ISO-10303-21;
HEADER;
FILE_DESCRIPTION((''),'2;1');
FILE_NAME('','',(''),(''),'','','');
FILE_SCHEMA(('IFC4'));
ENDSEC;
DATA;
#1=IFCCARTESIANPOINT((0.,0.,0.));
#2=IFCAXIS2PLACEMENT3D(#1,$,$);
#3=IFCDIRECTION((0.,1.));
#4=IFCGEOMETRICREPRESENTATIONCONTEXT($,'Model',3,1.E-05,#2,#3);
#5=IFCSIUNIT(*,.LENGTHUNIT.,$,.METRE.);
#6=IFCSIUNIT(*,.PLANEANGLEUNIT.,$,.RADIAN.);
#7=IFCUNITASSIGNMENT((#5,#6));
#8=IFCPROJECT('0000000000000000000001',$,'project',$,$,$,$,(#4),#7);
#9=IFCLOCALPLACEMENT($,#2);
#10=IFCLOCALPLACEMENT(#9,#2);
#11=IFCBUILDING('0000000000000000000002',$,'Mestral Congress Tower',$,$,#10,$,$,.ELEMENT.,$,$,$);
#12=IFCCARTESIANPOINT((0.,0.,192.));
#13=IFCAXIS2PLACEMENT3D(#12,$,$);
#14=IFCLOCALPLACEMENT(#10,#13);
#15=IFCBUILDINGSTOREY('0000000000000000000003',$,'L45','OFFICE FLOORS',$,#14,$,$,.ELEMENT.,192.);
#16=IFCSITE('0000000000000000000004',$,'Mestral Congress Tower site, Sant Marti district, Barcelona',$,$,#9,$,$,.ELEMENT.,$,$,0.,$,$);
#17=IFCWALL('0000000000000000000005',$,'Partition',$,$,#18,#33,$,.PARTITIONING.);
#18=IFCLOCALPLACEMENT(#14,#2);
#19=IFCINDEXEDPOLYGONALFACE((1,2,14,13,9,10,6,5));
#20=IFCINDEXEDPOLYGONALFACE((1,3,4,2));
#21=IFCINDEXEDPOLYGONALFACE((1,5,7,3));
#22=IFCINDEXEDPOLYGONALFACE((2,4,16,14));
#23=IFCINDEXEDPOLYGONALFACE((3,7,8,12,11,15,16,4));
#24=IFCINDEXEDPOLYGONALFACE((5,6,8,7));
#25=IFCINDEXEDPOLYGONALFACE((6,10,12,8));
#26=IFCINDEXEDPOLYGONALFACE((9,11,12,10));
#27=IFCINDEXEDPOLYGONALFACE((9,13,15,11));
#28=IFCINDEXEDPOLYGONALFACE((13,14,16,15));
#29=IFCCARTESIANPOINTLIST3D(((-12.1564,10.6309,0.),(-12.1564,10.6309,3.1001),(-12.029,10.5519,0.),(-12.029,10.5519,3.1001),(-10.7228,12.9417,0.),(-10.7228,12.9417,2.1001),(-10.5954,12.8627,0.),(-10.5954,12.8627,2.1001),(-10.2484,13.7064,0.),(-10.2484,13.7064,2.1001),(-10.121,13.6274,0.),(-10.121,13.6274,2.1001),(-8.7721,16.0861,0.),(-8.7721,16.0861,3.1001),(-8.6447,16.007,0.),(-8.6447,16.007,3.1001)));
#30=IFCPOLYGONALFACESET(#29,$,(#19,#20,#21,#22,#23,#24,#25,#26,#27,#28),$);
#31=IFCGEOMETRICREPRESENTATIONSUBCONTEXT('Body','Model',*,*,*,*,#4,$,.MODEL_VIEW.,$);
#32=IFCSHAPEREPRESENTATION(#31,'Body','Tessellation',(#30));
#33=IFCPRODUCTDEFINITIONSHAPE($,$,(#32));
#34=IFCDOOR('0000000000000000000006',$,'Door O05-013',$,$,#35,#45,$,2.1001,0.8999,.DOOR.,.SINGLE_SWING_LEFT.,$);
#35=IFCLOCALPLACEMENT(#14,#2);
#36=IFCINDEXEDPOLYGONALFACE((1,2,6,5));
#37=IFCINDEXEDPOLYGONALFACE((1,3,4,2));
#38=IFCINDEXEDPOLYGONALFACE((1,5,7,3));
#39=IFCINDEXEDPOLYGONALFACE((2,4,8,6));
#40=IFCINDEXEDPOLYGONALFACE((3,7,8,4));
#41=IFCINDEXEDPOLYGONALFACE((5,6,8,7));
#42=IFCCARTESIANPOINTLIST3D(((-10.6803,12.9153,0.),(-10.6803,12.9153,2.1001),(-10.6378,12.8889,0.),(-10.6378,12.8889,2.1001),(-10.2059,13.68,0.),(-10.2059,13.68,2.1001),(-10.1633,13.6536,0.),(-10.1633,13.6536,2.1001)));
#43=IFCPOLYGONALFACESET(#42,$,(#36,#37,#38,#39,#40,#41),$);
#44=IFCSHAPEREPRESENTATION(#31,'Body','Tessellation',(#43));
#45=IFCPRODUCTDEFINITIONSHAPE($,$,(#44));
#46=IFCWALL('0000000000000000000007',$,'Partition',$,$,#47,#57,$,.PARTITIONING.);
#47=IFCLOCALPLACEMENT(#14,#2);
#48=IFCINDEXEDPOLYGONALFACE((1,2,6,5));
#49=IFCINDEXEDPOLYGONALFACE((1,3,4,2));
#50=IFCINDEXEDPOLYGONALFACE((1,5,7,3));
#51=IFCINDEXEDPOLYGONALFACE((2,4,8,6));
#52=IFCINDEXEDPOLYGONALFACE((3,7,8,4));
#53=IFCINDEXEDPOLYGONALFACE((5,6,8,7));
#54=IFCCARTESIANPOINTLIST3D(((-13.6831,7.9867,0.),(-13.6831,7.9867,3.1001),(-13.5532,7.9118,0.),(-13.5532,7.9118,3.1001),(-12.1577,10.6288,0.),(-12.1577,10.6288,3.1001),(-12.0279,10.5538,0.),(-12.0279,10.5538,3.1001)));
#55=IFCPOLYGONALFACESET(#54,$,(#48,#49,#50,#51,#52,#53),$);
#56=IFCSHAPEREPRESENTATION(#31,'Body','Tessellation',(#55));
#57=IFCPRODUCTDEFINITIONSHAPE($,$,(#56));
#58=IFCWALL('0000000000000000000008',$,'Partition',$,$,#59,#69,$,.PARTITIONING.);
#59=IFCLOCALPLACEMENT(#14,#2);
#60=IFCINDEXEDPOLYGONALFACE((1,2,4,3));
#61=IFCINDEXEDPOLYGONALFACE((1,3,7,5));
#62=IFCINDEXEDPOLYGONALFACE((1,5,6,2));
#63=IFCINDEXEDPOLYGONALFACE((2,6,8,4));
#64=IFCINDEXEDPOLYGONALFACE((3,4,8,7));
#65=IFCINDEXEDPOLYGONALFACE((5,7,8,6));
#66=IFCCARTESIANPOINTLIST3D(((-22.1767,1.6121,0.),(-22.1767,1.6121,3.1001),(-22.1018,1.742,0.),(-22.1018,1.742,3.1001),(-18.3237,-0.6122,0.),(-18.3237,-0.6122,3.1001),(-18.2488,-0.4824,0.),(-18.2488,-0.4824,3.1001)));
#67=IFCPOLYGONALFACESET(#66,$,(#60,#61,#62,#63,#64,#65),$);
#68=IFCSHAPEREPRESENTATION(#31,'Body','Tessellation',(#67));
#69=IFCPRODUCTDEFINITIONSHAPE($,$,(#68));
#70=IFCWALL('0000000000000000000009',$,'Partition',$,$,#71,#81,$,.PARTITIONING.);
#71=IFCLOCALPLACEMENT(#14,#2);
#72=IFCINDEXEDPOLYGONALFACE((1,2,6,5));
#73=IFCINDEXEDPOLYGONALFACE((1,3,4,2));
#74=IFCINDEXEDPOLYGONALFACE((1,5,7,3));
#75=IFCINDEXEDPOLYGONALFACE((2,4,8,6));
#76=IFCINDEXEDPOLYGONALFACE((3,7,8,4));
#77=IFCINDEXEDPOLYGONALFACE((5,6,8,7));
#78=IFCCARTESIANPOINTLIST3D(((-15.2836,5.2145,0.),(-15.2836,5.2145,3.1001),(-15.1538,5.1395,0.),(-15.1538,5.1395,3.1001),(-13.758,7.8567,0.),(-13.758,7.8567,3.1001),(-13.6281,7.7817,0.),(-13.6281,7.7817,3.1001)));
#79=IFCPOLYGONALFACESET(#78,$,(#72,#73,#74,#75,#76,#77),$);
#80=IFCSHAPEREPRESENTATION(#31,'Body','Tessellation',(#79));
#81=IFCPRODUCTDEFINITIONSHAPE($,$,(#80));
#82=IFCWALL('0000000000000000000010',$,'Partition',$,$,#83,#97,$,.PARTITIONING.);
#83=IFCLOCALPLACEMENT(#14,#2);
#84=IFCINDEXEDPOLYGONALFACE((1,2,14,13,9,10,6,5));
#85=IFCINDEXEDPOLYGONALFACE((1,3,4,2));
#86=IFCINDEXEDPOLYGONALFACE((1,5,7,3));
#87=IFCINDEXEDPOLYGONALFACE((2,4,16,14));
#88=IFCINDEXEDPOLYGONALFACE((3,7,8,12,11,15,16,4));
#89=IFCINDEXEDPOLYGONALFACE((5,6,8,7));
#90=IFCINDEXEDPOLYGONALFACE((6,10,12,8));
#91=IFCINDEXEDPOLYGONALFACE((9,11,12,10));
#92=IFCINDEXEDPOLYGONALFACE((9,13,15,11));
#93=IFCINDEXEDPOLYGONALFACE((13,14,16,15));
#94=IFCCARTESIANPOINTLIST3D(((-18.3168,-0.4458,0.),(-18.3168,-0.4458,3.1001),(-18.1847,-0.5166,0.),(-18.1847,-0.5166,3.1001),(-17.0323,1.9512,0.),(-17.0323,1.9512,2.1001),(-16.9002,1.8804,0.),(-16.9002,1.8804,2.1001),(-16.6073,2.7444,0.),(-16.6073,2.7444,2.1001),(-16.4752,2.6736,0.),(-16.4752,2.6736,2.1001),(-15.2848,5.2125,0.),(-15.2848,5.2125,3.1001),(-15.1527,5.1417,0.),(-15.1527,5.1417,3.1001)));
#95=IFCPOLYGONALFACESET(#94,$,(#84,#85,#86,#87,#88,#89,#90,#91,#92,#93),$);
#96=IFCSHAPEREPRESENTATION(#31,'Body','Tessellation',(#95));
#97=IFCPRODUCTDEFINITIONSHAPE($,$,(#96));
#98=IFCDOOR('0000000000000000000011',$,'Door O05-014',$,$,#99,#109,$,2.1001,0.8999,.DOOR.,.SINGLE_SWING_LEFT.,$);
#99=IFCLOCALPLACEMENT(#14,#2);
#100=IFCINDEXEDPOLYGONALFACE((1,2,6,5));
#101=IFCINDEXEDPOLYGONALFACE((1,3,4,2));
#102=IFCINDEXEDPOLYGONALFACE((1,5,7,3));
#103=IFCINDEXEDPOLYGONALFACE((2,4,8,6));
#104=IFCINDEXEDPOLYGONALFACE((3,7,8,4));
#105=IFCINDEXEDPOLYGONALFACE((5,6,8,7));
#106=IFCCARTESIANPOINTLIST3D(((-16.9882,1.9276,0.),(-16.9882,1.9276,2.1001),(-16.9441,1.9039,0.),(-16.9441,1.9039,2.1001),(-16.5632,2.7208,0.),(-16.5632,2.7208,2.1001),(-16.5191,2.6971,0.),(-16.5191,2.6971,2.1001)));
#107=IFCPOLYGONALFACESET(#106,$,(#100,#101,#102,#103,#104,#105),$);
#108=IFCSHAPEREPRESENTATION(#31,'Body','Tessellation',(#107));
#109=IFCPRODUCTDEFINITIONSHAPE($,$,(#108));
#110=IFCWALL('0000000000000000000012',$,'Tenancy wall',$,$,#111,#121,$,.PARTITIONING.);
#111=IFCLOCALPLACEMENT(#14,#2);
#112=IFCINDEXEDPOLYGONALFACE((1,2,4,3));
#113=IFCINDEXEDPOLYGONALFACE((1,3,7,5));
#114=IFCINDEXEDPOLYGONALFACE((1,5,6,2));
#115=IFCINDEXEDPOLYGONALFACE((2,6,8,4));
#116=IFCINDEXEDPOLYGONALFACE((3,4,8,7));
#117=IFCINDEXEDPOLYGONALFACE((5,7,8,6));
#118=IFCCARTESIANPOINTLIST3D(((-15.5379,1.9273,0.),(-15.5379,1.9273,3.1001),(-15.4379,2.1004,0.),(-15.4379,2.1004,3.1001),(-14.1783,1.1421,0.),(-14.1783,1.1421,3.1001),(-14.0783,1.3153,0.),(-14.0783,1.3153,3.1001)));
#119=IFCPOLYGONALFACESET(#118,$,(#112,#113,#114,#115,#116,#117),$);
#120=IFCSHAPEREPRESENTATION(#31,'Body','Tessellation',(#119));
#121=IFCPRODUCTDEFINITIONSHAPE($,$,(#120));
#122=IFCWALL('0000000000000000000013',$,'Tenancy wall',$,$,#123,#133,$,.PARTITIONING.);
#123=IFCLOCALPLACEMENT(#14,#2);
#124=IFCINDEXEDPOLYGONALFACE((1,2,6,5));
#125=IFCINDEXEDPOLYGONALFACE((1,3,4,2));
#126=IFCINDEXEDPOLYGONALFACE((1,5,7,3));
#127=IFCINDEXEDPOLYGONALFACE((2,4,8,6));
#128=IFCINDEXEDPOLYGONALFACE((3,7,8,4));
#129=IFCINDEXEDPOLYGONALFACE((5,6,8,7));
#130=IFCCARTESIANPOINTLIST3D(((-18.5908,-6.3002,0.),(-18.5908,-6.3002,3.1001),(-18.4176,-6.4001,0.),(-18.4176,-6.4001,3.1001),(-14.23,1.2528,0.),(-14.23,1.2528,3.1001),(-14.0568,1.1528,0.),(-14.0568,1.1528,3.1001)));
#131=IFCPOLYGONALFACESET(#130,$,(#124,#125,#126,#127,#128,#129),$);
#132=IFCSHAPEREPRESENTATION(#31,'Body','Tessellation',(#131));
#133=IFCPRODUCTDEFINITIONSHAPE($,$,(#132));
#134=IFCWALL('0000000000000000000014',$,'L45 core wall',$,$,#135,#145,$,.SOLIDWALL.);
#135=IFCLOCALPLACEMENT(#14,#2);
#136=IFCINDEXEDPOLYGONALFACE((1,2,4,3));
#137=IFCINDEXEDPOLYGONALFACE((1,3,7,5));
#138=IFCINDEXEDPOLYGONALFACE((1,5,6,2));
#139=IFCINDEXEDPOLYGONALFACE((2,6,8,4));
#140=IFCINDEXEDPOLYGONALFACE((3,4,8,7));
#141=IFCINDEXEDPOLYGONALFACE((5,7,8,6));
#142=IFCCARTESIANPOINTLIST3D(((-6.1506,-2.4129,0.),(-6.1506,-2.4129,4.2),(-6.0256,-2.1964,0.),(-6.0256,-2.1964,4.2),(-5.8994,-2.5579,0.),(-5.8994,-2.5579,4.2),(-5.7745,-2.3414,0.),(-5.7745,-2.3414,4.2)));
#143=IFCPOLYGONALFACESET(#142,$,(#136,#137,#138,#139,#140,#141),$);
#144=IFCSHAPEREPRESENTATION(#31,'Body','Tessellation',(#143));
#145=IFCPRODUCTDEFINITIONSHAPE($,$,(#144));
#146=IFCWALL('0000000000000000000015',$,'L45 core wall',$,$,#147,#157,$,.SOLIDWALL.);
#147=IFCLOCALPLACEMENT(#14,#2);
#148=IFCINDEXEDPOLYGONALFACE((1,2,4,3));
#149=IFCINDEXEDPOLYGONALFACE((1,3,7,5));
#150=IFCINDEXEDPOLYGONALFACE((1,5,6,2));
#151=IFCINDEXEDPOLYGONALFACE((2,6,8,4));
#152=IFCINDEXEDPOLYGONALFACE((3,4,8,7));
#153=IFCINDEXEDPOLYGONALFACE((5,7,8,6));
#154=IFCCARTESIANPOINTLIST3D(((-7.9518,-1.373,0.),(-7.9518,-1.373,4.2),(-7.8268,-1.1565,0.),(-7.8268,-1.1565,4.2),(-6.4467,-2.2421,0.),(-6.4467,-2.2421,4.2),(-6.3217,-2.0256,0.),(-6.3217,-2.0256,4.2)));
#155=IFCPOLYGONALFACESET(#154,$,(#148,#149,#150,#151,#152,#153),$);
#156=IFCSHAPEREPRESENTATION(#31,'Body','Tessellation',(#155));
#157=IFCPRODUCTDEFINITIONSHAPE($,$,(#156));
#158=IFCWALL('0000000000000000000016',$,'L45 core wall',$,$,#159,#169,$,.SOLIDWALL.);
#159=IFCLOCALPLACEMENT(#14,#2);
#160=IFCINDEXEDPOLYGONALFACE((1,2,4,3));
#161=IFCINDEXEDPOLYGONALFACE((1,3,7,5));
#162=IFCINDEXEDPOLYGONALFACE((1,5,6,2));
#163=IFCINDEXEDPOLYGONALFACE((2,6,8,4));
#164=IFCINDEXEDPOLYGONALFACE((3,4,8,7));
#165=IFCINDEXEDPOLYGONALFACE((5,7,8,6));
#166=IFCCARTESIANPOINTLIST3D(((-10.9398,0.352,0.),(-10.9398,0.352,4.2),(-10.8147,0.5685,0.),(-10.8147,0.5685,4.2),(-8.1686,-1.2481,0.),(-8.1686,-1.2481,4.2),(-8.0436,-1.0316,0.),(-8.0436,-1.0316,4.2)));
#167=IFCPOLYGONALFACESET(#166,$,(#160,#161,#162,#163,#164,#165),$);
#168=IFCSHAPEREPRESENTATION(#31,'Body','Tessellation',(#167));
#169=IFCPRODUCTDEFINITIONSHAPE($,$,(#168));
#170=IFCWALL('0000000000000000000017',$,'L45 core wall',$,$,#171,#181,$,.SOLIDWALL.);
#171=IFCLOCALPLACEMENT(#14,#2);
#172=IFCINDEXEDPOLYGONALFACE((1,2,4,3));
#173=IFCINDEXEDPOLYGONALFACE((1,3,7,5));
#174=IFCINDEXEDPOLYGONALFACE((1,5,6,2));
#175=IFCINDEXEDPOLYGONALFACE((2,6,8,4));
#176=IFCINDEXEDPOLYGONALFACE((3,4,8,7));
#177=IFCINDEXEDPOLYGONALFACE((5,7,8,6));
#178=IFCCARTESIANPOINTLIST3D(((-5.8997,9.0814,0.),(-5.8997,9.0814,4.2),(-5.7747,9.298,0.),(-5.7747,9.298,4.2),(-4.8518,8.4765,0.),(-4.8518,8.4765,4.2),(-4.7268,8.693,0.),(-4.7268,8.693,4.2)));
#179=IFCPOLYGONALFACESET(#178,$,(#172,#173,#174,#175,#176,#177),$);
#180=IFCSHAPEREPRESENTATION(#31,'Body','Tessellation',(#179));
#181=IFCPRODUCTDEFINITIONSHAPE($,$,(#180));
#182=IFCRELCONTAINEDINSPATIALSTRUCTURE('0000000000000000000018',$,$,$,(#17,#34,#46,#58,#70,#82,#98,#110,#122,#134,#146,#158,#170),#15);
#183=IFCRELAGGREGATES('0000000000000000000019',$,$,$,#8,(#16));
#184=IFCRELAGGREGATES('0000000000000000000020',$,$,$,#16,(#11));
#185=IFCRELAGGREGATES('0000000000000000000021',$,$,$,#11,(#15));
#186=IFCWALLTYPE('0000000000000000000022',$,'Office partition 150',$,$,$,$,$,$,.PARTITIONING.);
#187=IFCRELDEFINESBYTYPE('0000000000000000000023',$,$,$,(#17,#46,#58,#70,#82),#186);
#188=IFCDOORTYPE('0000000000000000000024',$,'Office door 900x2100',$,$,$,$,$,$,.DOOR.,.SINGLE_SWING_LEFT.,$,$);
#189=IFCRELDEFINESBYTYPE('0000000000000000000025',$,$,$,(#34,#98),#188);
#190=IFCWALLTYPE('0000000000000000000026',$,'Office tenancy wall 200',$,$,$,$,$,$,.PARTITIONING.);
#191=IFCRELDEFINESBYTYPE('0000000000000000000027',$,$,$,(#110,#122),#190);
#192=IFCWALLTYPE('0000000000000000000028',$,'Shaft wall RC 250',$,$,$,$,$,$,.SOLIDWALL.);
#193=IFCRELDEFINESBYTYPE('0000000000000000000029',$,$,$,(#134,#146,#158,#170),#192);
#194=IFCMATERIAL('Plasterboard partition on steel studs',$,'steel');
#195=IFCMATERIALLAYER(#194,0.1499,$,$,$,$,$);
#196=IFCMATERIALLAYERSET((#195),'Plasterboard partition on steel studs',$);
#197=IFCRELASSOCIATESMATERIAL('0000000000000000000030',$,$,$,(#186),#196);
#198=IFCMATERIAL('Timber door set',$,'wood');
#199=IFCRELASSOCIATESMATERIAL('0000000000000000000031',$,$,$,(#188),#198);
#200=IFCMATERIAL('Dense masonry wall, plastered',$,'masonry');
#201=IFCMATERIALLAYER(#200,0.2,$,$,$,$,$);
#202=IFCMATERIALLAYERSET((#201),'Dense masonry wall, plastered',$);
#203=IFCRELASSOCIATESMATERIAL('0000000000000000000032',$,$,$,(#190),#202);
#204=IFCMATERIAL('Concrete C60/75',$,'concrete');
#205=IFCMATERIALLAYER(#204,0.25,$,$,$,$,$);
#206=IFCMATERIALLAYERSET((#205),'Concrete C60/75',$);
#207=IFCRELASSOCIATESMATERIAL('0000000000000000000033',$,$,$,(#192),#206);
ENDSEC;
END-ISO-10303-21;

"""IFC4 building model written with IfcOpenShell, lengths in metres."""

from ifc_helpers import new_model, si_unit, direction, frame, frame_2d, origin, place, context, subcontext, project, spatial, rectangle, extrude, material, layer, layer_set, type_object, element, fill, save


model = new_model("IFC4")

# Units and contexts
model_context = context("Model", 3, precision=1e-05, world=origin(), true_north=direction((0.0, 1.0)))
body_context = subcontext(model_context, "Body", "Model", "MODEL_VIEW")
ifc_project = project(units=[si_unit("LENGTHUNIT", "METRE"), si_unit("PLANEANGLEUNIT", "RADIAN")], contexts=[model_context])

# Site, building, storey
site_placement = place(None, origin())
site = spatial("IfcSite", under=ifc_project, at=site_placement, Name="Mestral Congress Tower site, Sant Marti district, Barcelona", CompositionType="ELEMENT", RefElevation=0.0)
building_placement = place(site_placement, origin())
building = spatial("IfcBuilding", under=site, at=building_placement, Name="Mestral Congress Tower", CompositionType="ELEMENT")
storey_placement = place(building_placement, frame((0.0, 0.0, 192.0)))
storey = spatial("IfcBuildingStorey", under=building, at=storey_placement, Name="L45", Description="OFFICE FLOORS", CompositionType="ELEMENT", Elevation=192.0)

# Shared definitions
ifc_material_1 = material(Name="Concrete C60/75", Category="concrete")

# Shared definitions
ifc_material_2 = material(Name="Plasterboard partition on steel studs", Category="steel")
ifc_layer_1 = layer(ifc_material_2, 0.1499)
ifc_layer_set_1 = layer_set([ifc_layer_1], Name="Plasterboard partition on steel studs")
wall_type_1 = type_object("IfcWallType", Name="Office partition 150", PredefinedType="PARTITIONING", material=ifc_layer_set_1)

# Wall, opening, door
wall_1_placement = place(storey_placement, frame((-12.0928, 10.5913, 0.0), z_axis=(0.0, 0.0, 1.0), x_axis=(0.527179, 0.849754, 0.0)))
wall_1 = element("IfcWall", 1, at=wall_1_placement, inside=storey, type_object=wall_type_1, Name="Partition", PredefinedType="PARTITIONING", context=body_context, shape_type="SweptSolid", body=[
    extrude(rectangle(XDim=6.4197, YDim=0.1499, at=frame_2d((3.21, 0.0))), origin(), (0.0, 0.0, 1.0), 3.1001),
])
opening_1_placement = place(wall_1_placement, frame((2.7195, 0.0, 0.0)))
opening_1 = element("IfcOpeningElement", 2, at=opening_1_placement, cuts=wall_1, PredefinedType="OPENING", context=body_context, shape_type="SweptSolid", body=[
    extrude(rectangle(XDim=0.8999, YDim=2.1001, at=frame_2d((0.45, 1.05))), frame((0.0, 0.085, 0.0), z_axis=(0.0, -1.0, 0.0), x_axis=(1.0, 0.0, 0.0)), (0.0, 0.0, 1.0), 0.1699),
])
ifc_material_3 = material(Name="Timber door set", Category="wood")
door_type = type_object("IfcDoorType", Name="Office door 900x2100", OperationType="SINGLE_SWING_LEFT", PredefinedType="DOOR", material=ifc_material_3)
door_1_placement = place(opening_1_placement, origin())
door_1 = element("IfcDoor", 3, at=door_1_placement, inside=storey, type_object=door_type, Name="Door O05-013", OperationType="SINGLE_SWING_LEFT", OverallHeight=2.1001, OverallWidth=0.8999, PredefinedType="DOOR", context=body_context, shape_type="SweptSolid", body=[
    extrude(rectangle(XDim=0.8999, YDim=2.1001, at=frame_2d((0.45, 1.05))), frame((0.0, 0.0249, 0.0), z_axis=(0.0, -1.0, 0.0), x_axis=(1.0, 0.0, 0.0)), (0.0, 0.0, 1.0), 0.05),
])
fill(opening_1, door_1)

# Walls
wall_2_placement = place(storey_placement, frame((-12.0928, 10.5913, 0.0), z_axis=(0.0, 0.0, 1.0), x_axis=(-0.499995, -0.866028, 0.0)))
element("IfcWall", 4, at=wall_2_placement, inside=storey, type_object=wall_type_1, Name="Partition", PredefinedType="PARTITIONING", context=body_context, shape_type="SweptSolid", body=[
    extrude(rectangle(XDim=3.0508, YDim=0.1499, at=frame_2d((1.5254, 0.0))), origin(), (0.0, 0.0, 1.0), 3.1001),
])
wall_3_placement = place(storey_placement, frame((-18.2861, -0.5474, 0.0), z_axis=(0.0, 0.0, 1.0), x_axis=(-0.866043, 0.499969, 0.0)))
element("IfcWall", 5, at=wall_3_placement, inside=storey, type_object=wall_type_1, Name="Partition", PredefinedType="PARTITIONING", context=body_context, shape_type="SweptSolid", body=[
    extrude(rectangle(XDim=4.449, YDim=0.1499, at=frame_2d((2.2246, 0.0))), origin(), (0.0, 0.0, 1.0), 3.1001),
])
wall_4_placement = place(storey_placement, frame((-13.6931, 7.8191, 0.0), z_axis=(0.0, 0.0, 1.0), x_axis=(-0.500055, -0.865994, 0.0)))
element("IfcWall", 6, at=wall_4_placement, inside=storey, type_object=wall_type_1, Name="Partition", PredefinedType="PARTITIONING", context=body_context, shape_type="SweptSolid", body=[
    extrude(rectangle(XDim=3.051, YDim=0.1499, at=frame_2d((1.5254, 0.0))), origin(), (0.0, 0.0, 1.0), 3.1001),
])

# Wall, opening, door
wall_5_placement = place(storey_placement, frame((-18.2507, -0.4812, 0.0), z_axis=(0.0, 0.0, 1.0), x_axis=(0.472319, 0.881428, 0.0)))
wall_5 = element("IfcWall", 7, at=wall_5_placement, inside=storey, type_object=wall_type_1, Name="Partition", PredefinedType="PARTITIONING", context=body_context, shape_type="SweptSolid", body=[
    extrude(rectangle(XDim=6.4194, YDim=0.1499, at=frame_2d((3.2097, 0.0))), origin(), (0.0, 0.0, 1.0), 3.1001),
])
opening_2_placement = place(wall_5_placement, frame((2.7195, 0.0, 0.0)))
opening_2 = element("IfcOpeningElement", 8, at=opening_2_placement, cuts=wall_5, PredefinedType="OPENING", context=body_context, shape_type="SweptSolid", body=[
    extrude(rectangle(XDim=0.8999, YDim=2.1001, at=frame_2d((0.45, 1.05))), frame((0.0, 0.085, 0.0), z_axis=(0.0, -1.0, 0.0), x_axis=(1.0, 0.0, 0.0)), (0.0, 0.0, 1.0), 0.1699),
])
door_2_placement = place(opening_2_placement, origin())
door_2 = element("IfcDoor", 9, at=door_2_placement, inside=storey, type_object=door_type, Name="Door O05-014", OperationType="SINGLE_SWING_LEFT", OverallHeight=2.1001, OverallWidth=0.8999, PredefinedType="DOOR", context=body_context, shape_type="SweptSolid", body=[
    extrude(rectangle(XDim=0.8999, YDim=2.1001, at=frame_2d((0.45, 1.05))), frame((0.0, 0.0249, 0.0), z_axis=(0.0, -1.0, 0.0), x_axis=(1.0, 0.0, 0.0)), (0.0, 0.0, 1.0), 0.05),
])
fill(opening_2, door_2)

# Walls
ifc_material_4 = material(Name="Dense masonry wall, plastered", Category="masonry")
ifc_layer_2 = layer(ifc_material_4, 0.2)
ifc_layer_set_2 = layer_set([ifc_layer_2], Name="Dense masonry wall, plastered")
wall_type_2 = type_object("IfcWallType", Name="Office tenancy wall 200", PredefinedType="PARTITIONING", material=ifc_layer_set_2)
wall_6_placement = place(storey_placement, frame((-15.488, 2.0139, 0.0), z_axis=(0.0, 0.0, 1.0), x_axis=(0.865976, -0.500086, 0.0)))
element("IfcWall", 10, at=wall_6_placement, inside=storey, type_object=wall_type_2, Name="Tenancy wall", PredefinedType="PARTITIONING", context=body_context, shape_type="SweptSolid", body=[
    extrude(rectangle(XDim=1.5701, YDim=0.2, at=frame_2d((0.7852, 0.0))), origin(), (0.0, 0.0, 1.0), 3.1001),
])
wall_7_placement = place(storey_placement, frame((-14.1433, 1.2029, 0.0), z_axis=(0.0, 0.0, 1.0), x_axis=(-0.500011, -0.866019, 0.0)))
element("IfcWall", 11, at=wall_7_placement, inside=storey, type_object=wall_type_2, Name="Tenancy wall", PredefinedType="PARTITIONING", context=body_context, shape_type="SweptSolid", body=[
    extrude(rectangle(XDim=8.7214, YDim=0.2, at=frame_2d((4.3608, 0.0))), origin(), (0.0, 0.0, 1.0), 3.1001),
])
ifc_layer_3 = layer(ifc_material_1, 0.25)
ifc_layer_set_3 = layer_set([ifc_layer_3], Name="Concrete C60/75")
wall_type_3 = type_object("IfcWallType", Name="Shaft wall RC 250", PredefinedType="SOLIDWALL", material=ifc_layer_set_3)
wall_8_placement = place(storey_placement, frame((-6.0881, -2.3047, 0.0), z_axis=(0.0, 0.0, 1.0), x_axis=(0.866059, -0.499941, 0.0)))
element("IfcWall", 12, at=wall_8_placement, inside=storey, type_object=wall_type_3, Name="L45 core wall", PredefinedType="SOLIDWALL", context=body_context, shape_type="SweptSolid", body=[
    extrude(rectangle(XDim=0.29, YDim=0.25, at=frame_2d((0.145, 0.0))), origin(), (0.0, 0.0, 1.0), 4.2),
])
wall_9_placement = place(storey_placement, frame((-7.8894, -1.2646, 0.0), z_axis=(0.0, 0.0, 1.0), x_axis=(0.865987, -0.500067, 0.0)))
element("IfcWall", 13, at=wall_9_placement, inside=storey, type_object=wall_type_3, Name="L45 core wall", PredefinedType="SOLIDWALL", context=body_context, shape_type="SweptSolid", body=[
    extrude(rectangle(XDim=1.738, YDim=0.25, at=frame_2d((0.8691, 0.0))), origin(), (0.0, 0.0, 1.0), 4.2),
])
wall_10_placement = place(storey_placement, frame((-8.106, -1.1399, 0.0), z_axis=(0.0, 0.0, 1.0), x_axis=(-0.866009, 0.500028, 0.0)))
element("IfcWall", 14, at=wall_10_placement, inside=storey, type_object=wall_type_3, Name="L45 core wall", PredefinedType="SOLIDWALL", context=body_context, shape_type="SweptSolid", body=[
    extrude(rectangle(XDim=3.2, YDim=0.25, at=frame_2d((1.6001, 0.0))), origin(), (0.0, 0.0, 1.0), 4.2),
])
wall_11_placement = place(storey_placement, frame((-5.8372, 9.1897, 0.0), z_axis=(0.0, 0.0, 1.0), x_axis=(0.866024, -0.500002, 0.0)))
element("IfcWall", 15, at=wall_11_placement, inside=storey, type_object=wall_type_3, Name="L45 core wall", PredefinedType="SOLIDWALL", context=body_context, shape_type="SweptSolid", body=[
    extrude(rectangle(XDim=1.21, YDim=0.25, at=frame_2d((0.605, 0.0))), origin(), (0.0, 0.0, 1.0), 4.2),
])

save(model, "model.ifc")
